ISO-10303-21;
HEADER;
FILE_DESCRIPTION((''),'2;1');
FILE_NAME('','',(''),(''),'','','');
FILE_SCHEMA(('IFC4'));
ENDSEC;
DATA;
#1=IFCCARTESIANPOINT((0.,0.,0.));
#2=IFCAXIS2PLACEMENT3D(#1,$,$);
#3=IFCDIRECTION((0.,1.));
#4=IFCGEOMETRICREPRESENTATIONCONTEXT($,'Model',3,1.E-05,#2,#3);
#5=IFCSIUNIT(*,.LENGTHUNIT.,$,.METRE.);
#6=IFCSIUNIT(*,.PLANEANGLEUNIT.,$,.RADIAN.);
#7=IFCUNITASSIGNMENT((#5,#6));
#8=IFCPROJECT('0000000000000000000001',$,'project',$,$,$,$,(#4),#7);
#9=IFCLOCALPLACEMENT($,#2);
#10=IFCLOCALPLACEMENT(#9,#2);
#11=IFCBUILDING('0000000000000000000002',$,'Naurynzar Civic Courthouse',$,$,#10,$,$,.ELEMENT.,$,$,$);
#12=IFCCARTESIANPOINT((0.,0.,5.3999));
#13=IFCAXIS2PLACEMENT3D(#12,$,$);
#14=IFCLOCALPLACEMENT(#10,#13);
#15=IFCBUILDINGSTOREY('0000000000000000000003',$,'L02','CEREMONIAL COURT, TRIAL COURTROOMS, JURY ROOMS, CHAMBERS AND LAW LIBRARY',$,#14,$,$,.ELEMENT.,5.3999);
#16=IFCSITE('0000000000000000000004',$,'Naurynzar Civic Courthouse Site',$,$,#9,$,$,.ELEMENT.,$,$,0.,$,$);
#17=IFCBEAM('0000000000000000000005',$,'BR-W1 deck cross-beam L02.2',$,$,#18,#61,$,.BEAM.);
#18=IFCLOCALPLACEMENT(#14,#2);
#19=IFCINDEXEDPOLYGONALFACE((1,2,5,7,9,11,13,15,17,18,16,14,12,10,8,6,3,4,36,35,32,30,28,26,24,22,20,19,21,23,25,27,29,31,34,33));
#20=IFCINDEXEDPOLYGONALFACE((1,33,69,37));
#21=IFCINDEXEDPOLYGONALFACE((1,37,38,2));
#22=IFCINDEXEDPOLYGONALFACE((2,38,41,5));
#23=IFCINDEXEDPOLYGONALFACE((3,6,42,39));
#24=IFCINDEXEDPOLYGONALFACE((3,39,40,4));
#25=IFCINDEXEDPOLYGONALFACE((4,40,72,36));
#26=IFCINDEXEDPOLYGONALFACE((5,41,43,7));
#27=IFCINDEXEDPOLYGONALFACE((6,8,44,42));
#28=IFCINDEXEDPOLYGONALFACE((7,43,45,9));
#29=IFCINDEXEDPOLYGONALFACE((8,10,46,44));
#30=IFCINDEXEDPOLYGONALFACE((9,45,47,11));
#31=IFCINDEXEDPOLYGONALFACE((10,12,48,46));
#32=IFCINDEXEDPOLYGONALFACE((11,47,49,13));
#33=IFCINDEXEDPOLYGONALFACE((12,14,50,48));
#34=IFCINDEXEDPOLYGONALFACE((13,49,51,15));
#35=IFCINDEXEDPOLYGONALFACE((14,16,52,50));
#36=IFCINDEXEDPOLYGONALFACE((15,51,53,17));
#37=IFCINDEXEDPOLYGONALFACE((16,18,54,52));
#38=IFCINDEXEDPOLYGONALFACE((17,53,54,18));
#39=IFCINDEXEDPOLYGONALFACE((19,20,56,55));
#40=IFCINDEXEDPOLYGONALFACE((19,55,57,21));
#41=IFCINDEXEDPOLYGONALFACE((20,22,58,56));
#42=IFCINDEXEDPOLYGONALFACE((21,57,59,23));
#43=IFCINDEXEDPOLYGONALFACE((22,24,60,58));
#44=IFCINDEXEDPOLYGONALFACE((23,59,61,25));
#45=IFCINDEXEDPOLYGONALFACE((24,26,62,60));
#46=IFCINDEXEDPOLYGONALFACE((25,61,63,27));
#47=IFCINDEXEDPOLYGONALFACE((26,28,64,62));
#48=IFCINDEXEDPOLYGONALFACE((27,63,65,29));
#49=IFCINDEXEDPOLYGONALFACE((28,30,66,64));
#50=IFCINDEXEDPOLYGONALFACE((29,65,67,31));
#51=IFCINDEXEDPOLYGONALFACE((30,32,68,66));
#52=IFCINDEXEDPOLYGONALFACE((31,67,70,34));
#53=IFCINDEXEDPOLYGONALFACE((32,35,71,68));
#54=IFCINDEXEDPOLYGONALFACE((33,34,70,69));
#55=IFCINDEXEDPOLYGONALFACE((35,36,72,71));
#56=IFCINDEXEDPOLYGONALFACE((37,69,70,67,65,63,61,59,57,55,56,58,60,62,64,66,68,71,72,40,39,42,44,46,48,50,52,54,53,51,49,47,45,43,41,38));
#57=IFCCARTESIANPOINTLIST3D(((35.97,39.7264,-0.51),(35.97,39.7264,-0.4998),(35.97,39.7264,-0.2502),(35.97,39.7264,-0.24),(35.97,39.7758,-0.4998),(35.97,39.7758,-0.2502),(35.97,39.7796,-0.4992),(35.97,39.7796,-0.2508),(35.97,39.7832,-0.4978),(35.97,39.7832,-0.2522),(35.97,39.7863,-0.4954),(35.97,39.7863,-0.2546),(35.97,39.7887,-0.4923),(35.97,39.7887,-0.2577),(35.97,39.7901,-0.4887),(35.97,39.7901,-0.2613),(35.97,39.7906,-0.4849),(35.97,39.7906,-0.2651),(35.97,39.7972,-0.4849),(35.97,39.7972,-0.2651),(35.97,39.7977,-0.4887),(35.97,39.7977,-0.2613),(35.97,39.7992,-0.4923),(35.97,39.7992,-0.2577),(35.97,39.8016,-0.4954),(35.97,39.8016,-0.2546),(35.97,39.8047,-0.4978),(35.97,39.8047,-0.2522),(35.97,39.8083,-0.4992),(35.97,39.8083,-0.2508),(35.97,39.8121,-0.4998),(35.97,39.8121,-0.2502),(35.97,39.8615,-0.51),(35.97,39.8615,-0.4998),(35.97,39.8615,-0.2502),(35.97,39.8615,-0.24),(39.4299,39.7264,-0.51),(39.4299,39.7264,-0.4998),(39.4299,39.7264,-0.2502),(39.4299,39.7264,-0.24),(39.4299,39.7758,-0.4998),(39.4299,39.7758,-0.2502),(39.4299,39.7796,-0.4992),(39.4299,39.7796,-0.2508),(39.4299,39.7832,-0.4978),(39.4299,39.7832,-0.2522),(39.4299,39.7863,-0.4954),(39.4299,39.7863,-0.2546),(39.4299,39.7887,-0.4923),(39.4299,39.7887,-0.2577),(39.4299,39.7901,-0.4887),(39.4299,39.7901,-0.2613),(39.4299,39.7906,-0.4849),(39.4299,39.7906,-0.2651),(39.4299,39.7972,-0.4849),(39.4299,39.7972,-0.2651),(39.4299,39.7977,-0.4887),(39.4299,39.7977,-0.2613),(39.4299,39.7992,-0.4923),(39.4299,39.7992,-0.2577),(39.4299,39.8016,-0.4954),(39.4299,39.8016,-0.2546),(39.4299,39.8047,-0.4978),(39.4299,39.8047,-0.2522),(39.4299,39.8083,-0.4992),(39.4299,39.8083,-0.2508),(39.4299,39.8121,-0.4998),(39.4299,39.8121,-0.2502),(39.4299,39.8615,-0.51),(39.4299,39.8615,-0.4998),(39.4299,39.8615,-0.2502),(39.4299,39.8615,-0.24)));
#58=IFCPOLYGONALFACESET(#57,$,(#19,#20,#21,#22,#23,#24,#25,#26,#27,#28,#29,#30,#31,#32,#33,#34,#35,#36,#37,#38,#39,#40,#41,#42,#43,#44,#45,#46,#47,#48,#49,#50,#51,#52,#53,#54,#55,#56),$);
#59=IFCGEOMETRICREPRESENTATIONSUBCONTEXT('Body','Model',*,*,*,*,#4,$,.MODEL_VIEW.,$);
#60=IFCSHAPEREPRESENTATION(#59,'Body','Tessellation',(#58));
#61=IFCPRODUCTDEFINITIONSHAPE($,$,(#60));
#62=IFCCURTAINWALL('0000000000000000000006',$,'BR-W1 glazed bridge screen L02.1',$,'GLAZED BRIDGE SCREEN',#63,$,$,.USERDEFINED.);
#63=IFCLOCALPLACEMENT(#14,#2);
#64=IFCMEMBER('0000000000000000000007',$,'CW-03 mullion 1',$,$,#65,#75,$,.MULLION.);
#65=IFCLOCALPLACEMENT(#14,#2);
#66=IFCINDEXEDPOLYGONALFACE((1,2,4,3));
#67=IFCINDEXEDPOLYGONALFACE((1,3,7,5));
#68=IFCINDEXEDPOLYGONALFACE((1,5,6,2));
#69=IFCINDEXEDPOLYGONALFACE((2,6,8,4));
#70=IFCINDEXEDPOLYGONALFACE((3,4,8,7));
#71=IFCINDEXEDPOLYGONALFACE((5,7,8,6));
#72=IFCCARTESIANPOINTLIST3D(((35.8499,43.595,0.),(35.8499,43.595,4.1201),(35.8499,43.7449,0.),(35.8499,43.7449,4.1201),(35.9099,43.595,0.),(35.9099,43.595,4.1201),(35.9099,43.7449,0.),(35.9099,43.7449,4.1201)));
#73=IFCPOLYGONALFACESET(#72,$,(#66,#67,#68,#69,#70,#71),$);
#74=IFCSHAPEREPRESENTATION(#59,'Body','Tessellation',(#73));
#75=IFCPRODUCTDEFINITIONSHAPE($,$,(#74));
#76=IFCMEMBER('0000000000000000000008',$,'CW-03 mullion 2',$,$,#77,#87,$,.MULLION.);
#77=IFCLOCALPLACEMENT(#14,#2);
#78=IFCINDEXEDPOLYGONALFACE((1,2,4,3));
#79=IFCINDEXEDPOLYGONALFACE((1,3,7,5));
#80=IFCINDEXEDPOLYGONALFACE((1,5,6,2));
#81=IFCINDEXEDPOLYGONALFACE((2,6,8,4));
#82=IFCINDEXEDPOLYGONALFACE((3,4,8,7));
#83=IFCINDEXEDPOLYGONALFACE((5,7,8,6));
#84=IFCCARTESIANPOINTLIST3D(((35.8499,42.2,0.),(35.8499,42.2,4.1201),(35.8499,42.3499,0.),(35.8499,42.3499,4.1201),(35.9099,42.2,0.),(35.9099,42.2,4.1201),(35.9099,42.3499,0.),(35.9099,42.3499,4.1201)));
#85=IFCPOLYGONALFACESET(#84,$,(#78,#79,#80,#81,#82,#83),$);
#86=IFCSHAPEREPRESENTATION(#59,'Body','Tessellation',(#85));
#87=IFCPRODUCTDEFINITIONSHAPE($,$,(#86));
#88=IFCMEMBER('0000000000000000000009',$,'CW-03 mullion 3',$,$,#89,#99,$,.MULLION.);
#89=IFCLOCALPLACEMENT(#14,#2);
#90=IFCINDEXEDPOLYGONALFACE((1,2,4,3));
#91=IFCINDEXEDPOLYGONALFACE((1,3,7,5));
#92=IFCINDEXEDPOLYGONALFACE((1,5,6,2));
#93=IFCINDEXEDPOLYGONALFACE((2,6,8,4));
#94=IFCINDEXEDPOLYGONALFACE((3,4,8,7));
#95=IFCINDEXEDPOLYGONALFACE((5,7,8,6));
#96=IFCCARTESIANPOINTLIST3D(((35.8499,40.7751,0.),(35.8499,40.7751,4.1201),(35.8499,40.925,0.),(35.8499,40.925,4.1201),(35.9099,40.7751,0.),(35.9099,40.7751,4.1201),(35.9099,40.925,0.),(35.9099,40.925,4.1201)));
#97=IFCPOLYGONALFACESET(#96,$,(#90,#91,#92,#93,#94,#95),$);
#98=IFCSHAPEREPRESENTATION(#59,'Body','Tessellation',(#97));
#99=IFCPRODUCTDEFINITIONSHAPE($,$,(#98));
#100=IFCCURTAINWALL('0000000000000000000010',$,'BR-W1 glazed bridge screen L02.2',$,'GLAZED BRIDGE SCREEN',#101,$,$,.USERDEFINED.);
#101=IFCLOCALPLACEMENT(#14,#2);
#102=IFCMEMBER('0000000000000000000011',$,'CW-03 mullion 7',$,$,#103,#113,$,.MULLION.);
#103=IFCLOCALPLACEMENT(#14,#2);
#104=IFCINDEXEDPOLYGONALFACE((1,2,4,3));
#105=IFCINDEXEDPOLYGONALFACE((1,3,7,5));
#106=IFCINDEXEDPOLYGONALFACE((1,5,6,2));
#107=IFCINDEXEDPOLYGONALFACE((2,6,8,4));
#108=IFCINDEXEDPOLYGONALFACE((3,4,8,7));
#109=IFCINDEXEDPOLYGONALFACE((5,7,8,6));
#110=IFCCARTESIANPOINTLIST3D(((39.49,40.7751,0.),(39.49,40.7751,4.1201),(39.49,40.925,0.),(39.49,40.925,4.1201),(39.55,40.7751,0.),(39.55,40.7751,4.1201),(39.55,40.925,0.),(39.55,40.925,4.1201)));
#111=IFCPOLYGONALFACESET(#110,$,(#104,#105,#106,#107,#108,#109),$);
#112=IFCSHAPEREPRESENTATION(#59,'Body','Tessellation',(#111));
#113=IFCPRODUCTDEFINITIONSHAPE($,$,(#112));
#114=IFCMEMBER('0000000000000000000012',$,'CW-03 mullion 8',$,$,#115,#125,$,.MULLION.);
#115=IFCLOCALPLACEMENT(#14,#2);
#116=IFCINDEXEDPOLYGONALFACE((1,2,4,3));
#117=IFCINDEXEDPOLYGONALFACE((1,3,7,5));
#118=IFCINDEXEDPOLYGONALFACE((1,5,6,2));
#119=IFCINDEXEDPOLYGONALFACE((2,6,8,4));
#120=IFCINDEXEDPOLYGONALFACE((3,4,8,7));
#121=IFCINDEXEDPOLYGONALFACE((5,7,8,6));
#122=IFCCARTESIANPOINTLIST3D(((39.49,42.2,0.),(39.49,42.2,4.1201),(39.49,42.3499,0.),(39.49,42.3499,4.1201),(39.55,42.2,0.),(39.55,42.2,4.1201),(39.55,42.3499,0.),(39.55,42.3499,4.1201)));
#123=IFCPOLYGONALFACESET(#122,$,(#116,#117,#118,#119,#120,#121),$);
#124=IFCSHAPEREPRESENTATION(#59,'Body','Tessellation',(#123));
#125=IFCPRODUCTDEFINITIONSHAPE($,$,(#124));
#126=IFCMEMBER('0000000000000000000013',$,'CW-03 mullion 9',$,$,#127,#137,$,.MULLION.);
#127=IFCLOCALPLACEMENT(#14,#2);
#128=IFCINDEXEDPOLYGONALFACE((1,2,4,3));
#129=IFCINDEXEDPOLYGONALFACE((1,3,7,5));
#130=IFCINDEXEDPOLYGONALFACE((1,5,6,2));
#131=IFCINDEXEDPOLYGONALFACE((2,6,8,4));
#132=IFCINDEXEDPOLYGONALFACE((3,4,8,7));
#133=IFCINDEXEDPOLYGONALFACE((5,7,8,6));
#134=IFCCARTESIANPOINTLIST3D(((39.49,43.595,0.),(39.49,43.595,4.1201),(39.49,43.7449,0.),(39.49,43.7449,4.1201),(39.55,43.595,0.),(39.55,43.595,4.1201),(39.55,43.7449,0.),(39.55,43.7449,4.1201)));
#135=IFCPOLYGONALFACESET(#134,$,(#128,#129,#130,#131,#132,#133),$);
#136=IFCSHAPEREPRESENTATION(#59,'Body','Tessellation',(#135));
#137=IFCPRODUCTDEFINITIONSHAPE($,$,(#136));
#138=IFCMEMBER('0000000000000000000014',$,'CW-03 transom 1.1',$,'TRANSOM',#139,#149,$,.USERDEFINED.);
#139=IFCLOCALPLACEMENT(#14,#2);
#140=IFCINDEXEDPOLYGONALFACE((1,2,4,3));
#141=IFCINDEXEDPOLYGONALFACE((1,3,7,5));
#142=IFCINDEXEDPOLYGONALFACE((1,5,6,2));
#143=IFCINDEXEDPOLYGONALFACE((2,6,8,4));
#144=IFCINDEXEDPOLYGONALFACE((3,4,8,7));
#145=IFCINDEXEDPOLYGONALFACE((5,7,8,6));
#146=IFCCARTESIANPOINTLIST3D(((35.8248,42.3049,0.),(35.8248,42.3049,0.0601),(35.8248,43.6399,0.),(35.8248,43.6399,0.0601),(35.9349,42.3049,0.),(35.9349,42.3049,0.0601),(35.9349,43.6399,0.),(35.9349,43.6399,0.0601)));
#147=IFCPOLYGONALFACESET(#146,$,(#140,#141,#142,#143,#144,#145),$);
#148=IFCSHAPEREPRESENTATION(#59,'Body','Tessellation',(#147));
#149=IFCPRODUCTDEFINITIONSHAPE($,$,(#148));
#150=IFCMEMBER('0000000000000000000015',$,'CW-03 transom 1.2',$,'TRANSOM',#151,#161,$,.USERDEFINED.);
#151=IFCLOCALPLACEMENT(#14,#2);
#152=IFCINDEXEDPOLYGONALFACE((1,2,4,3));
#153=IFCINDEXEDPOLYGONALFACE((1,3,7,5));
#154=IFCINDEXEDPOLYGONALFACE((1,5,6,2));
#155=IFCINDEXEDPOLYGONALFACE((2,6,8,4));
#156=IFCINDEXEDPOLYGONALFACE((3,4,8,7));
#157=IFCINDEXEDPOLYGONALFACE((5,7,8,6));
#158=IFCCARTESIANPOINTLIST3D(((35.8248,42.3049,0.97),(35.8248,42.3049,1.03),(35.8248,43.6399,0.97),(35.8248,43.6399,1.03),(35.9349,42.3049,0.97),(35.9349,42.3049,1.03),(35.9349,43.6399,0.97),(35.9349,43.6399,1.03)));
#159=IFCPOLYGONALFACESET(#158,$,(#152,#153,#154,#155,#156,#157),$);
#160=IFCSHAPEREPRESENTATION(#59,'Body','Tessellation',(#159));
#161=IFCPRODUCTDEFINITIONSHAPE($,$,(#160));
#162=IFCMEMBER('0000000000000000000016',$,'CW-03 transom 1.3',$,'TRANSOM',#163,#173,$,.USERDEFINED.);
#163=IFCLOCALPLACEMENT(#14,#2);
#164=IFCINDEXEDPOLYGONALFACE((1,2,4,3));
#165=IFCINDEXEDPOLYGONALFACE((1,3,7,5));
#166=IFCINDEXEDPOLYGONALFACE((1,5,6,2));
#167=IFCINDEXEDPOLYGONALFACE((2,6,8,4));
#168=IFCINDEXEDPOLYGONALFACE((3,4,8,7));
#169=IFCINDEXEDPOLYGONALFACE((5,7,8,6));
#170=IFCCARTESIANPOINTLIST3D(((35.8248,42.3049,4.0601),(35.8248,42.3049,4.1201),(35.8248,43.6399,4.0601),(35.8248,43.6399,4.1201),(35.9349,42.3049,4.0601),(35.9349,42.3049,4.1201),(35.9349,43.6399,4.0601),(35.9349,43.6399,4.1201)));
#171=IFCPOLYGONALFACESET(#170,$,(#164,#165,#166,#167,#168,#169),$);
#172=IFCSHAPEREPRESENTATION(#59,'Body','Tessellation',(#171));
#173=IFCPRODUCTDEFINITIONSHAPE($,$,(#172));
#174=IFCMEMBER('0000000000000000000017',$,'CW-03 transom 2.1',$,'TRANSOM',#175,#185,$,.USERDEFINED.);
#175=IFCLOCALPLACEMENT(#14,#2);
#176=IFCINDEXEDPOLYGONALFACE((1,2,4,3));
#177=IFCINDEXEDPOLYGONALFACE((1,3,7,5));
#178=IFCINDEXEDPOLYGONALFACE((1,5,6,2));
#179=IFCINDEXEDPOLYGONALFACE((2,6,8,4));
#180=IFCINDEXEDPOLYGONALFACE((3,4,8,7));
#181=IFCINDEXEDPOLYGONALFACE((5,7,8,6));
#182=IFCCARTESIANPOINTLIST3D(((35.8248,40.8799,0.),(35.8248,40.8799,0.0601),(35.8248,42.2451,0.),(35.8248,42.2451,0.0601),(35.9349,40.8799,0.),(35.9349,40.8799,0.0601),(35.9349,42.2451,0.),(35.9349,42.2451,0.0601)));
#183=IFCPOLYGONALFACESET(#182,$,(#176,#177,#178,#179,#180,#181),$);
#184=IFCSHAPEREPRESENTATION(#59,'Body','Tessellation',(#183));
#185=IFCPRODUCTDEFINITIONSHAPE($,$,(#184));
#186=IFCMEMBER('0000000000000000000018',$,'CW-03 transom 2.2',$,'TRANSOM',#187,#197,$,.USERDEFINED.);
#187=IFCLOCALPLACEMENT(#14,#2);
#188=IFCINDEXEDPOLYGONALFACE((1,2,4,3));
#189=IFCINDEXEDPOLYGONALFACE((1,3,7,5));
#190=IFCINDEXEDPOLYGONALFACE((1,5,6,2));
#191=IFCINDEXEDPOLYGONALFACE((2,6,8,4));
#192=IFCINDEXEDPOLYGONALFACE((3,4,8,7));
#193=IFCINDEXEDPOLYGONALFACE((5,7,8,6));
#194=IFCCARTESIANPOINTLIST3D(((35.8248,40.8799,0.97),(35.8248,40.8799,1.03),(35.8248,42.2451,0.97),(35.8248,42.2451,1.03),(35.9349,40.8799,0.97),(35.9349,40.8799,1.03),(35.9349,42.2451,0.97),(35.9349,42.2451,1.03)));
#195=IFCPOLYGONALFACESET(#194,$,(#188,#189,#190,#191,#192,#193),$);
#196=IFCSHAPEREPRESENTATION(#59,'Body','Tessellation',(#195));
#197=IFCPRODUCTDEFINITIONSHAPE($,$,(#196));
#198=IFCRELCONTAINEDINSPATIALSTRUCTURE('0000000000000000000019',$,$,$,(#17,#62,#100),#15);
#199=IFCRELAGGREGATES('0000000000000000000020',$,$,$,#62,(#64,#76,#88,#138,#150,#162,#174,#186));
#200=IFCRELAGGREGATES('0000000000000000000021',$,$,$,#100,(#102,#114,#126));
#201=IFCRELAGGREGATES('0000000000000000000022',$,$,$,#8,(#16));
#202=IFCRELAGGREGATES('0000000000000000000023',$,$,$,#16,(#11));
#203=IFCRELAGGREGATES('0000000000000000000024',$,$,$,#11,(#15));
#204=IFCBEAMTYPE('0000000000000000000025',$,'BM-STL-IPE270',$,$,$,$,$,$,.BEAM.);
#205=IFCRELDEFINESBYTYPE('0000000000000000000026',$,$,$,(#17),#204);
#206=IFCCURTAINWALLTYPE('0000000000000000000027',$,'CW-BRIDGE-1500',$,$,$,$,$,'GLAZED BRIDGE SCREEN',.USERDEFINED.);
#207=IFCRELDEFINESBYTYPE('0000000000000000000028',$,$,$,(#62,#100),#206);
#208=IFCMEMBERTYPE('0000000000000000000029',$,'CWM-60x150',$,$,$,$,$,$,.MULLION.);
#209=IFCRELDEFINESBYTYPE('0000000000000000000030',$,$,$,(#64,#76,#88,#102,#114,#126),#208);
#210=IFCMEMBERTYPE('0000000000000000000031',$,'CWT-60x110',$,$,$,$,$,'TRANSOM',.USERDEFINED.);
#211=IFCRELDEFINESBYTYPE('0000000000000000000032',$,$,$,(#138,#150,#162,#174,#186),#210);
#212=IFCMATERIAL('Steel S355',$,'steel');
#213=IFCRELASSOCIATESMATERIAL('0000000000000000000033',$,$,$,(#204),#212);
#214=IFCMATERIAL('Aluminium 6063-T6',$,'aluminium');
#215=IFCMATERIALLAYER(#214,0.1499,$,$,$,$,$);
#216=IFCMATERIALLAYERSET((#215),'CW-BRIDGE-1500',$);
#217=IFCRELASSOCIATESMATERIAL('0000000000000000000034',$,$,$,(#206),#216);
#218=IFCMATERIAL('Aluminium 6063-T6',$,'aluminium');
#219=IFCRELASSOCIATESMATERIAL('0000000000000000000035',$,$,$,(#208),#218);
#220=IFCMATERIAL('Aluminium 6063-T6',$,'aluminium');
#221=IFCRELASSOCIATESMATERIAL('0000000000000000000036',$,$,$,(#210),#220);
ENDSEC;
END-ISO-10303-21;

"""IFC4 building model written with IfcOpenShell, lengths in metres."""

from ifc_helpers import new_model, si_unit, direction, frame, origin, origin_2d, place, context, subcontext, project, spatial, rectangle, i_section, extrude, material, layer, layer_set, material_profile, profile_set, type_object, element, aggregate, save


model = new_model("IFC4")

# Units and contexts
model_context = context("Model", 3, precision=1e-05, world=origin(), true_north=direction((0.0, 1.0)))
body_context = subcontext(model_context, "Body", "Model", "MODEL_VIEW")
ifc_project = project(units=[si_unit("LENGTHUNIT", "METRE"), si_unit("PLANEANGLEUNIT", "RADIAN")], contexts=[model_context])

# Site, building, storey
site_placement = place(None, origin())
site = spatial("IfcSite", under=ifc_project, at=site_placement, Name="Naurynzar Civic Courthouse Site", CompositionType="ELEMENT", RefElevation=0.0)
building_placement = place(site_placement, origin())
building = spatial("IfcBuilding", under=site, at=building_placement, Name="Naurynzar Civic Courthouse", CompositionType="ELEMENT")
storey_placement = place(building_placement, frame((0.0, 0.0, 5.3999)))
storey = spatial("IfcBuildingStorey", under=building, at=storey_placement, Name="L02", Description="CEREMONIAL COURT, TRIAL COURTROOMS, JURY ROOMS, CHAMBERS AND LAW LIBRARY", CompositionType="ELEMENT", Elevation=5.3999)

# Beam
ifc_material_1 = material(Name="Steel S355", Category="steel")
ifc_material_profile_1 = material_profile(ifc_material_1, i_section(OverallWidth=0.135, OverallDepth=0.27, WebThickness=0.0066, FlangeThickness=0.0103, FilletRadius=0.0149, at=origin_2d()), Name="IPE 270")
ifc_profile_set_1 = profile_set([ifc_material_profile_1], Name="Steel S355")
beam_type = type_object("IfcBeamType", Name="BM-STL-IPE270", PredefinedType="BEAM", material=ifc_profile_set_1)
beam_placement = place(storey_placement, frame((35.97, 39.7939, -0.375), z_axis=(1.0, 0.0, 0.0), x_axis=(0.0, 1.0, 0.0)))
element("IfcBeam", 1, at=beam_placement, inside=storey, type_object=beam_type, Name="BR-W1 deck cross-beam L02.2", PredefinedType="BEAM", context=body_context, shape_type="SweptSolid", body=[
    extrude(i_section(OverallWidth=0.135, OverallDepth=0.27, WebThickness=0.0066, FlangeThickness=0.0103, FilletRadius=0.0149, at=origin_2d()), origin(), (0.0, 0.0, 1.0), 3.46),
])

# Curtain walls, members
ifc_material_2 = material(Name="Aluminium 6063-T6", Category="aluminium")
ifc_layer_1 = layer(ifc_material_2, 0.1499)
ifc_layer_set_1 = layer_set([ifc_layer_1], Name="CW-BRIDGE-1500")
curtain_wall_type = type_object("IfcCurtainWallType", Name="CW-BRIDGE-1500", ElementType="GLAZED BRIDGE SCREEN", PredefinedType="USERDEFINED", material=ifc_layer_set_1)
curtain_wall_1_placement = place(storey_placement, origin())
curtain_wall_1 = element("IfcCurtainWall", 2, at=curtain_wall_1_placement, inside=storey, type_object=curtain_wall_type, Name="BR-W1 glazed bridge screen L02.1", ObjectType="GLAZED BRIDGE SCREEN", PredefinedType="USERDEFINED")
ifc_material_3 = material(Name="Aluminium 6063-T6", Category="aluminium")
ifc_material_profile_2 = material_profile(ifc_material_3, rectangle(XDim=0.0601, YDim=0.1499, at=origin_2d()), Name="ALU MULLION 60x150")
ifc_profile_set_2 = profile_set([ifc_material_profile_2], Name="Aluminium 6063-T6")
member_type_1 = type_object("IfcMemberType", Name="CWM-60x150", PredefinedType="MULLION", material=ifc_profile_set_2)
member_1_placement = place(storey_placement, frame((35.8799, 43.6699, 0.0), z_axis=(0.0, 0.0, 1.0), x_axis=(1.0, 0.0, 0.0)))
member_1 = element("IfcMember", 3, at=member_1_placement, type_object=member_type_1, Name="CW-03 mullion 1", PredefinedType="MULLION", context=body_context, shape_type="SweptSolid", body=[
    extrude(rectangle(XDim=0.0601, YDim=0.1499, at=origin_2d()), origin(), (0.0, 0.0, 1.0), 4.1201),
])
member_2_placement = place(storey_placement, frame((35.8799, 42.2749, 0.0), z_axis=(0.0, 0.0, 1.0), x_axis=(1.0, 0.0, 0.0)))
member_2 = element("IfcMember", 4, at=member_2_placement, type_object=member_type_1, Name="CW-03 mullion 2", PredefinedType="MULLION", context=body_context, shape_type="SweptSolid", body=[
    extrude(rectangle(XDim=0.0601, YDim=0.1499, at=origin_2d()), origin(), (0.0, 0.0, 1.0), 4.1201),
])
member_3_placement = place(storey_placement, frame((35.8799, 40.8501, 0.0), z_axis=(0.0, 0.0, 1.0), x_axis=(1.0, 0.0, 0.0)))
member_3 = element("IfcMember", 5, at=member_3_placement, type_object=member_type_1, Name="CW-03 mullion 3", PredefinedType="MULLION", context=body_context, shape_type="SweptSolid", body=[
    extrude(rectangle(XDim=0.0601, YDim=0.1499, at=origin_2d()), origin(), (0.0, 0.0, 1.0), 4.1201),
])
curtain_wall_2_placement = place(storey_placement, origin())
curtain_wall_2 = element("IfcCurtainWall", 6, at=curtain_wall_2_placement, inside=storey, type_object=curtain_wall_type, Name="BR-W1 glazed bridge screen L02.2", ObjectType="GLAZED BRIDGE SCREEN", PredefinedType="USERDEFINED")
member_4_placement = place(storey_placement, frame((39.52, 40.8501, 0.0), z_axis=(0.0, 0.0, 1.0), x_axis=(-1.0, 0.0, 0.0)))
member_4 = element("IfcMember", 7, at=member_4_placement, type_object=member_type_1, Name="CW-03 mullion 7", PredefinedType="MULLION", context=body_context, shape_type="SweptSolid", body=[
    extrude(rectangle(XDim=0.0601, YDim=0.1499, at=origin_2d()), origin(), (0.0, 0.0, 1.0), 4.1201),
])
member_5_placement = place(storey_placement, frame((39.52, 42.2749, 0.0), z_axis=(0.0, 0.0, 1.0), x_axis=(-1.0, 0.0, 0.0)))
member_5 = element("IfcMember", 8, at=member_5_placement, type_object=member_type_1, Name="CW-03 mullion 8", PredefinedType="MULLION", context=body_context, shape_type="SweptSolid", body=[
    extrude(rectangle(XDim=0.0601, YDim=0.1499, at=origin_2d()), origin(), (0.0, 0.0, 1.0), 4.1201),
])
member_6_placement = place(storey_placement, frame((39.52, 43.6699, 0.0), z_axis=(0.0, 0.0, 1.0), x_axis=(-1.0, 0.0, 0.0)))
member_6 = element("IfcMember", 9, at=member_6_placement, type_object=member_type_1, Name="CW-03 mullion 9", PredefinedType="MULLION", context=body_context, shape_type="SweptSolid", body=[
    extrude(rectangle(XDim=0.0601, YDim=0.1499, at=origin_2d()), origin(), (0.0, 0.0, 1.0), 4.1201),
])

# Members
ifc_material_4 = material(Name="Aluminium 6063-T6", Category="aluminium")
ifc_material_profile_3 = material_profile(ifc_material_4, rectangle(XDim=0.1101, YDim=0.0601, at=origin_2d()), Name="ALU TRANSOM 60x110")
ifc_profile_set_3 = profile_set([ifc_material_profile_3], Name="Aluminium 6063-T6")
member_type_2 = type_object("IfcMemberType", Name="CWT-60x110", ElementType="TRANSOM", PredefinedType="USERDEFINED", material=ifc_profile_set_3)
member_7_placement = place(storey_placement, frame((35.8799, 43.6399, 0.03), z_axis=(0.0, -1.0, 0.0), x_axis=(1.0, 0.0, 0.0)))
member_7 = element("IfcMember", 10, at=member_7_placement, type_object=member_type_2, Name="CW-03 transom 1.1", ObjectType="TRANSOM", PredefinedType="USERDEFINED", context=body_context, shape_type="SweptSolid", body=[
    extrude(rectangle(XDim=0.1101, YDim=0.0601, at=origin_2d()), origin(), (0.0, 0.0, 1.0), 1.335),
])
member_8_placement = place(storey_placement, frame((35.8799, 43.6399, 1.0), z_axis=(0.0, -1.0, 0.0), x_axis=(1.0, 0.0, 0.0)))
member_8 = element("IfcMember", 11, at=member_8_placement, type_object=member_type_2, Name="CW-03 transom 1.2", ObjectType="TRANSOM", PredefinedType="USERDEFINED", context=body_context, shape_type="SweptSolid", body=[
    extrude(rectangle(XDim=0.1101, YDim=0.0601, at=origin_2d()), origin(), (0.0, 0.0, 1.0), 1.335),
])
member_9_placement = place(storey_placement, frame((35.8799, 43.6399, 4.0901), z_axis=(0.0, -1.0, 0.0), x_axis=(1.0, 0.0, 0.0)))
member_9 = element("IfcMember", 12, at=member_9_placement, type_object=member_type_2, Name="CW-03 transom 1.3", ObjectType="TRANSOM", PredefinedType="USERDEFINED", context=body_context, shape_type="SweptSolid", body=[
    extrude(rectangle(XDim=0.1101, YDim=0.0601, at=origin_2d()), origin(), (0.0, 0.0, 1.0), 1.335),
])
member_10_placement = place(storey_placement, frame((35.8799, 42.2451, 0.03), z_axis=(0.0, -1.0, 0.0), x_axis=(1.0, 0.0, 0.0)))
member_10 = element("IfcMember", 13, at=member_10_placement, type_object=member_type_2, Name="CW-03 transom 2.1", ObjectType="TRANSOM", PredefinedType="USERDEFINED", context=body_context, shape_type="SweptSolid", body=[
    extrude(rectangle(XDim=0.1101, YDim=0.0601, at=origin_2d()), origin(), (0.0, 0.0, 1.0), 1.3652),
])
member_11_placement = place(storey_placement, frame((35.8799, 42.2451, 1.0), z_axis=(0.0, -1.0, 0.0), x_axis=(1.0, 0.0, 0.0)))
member_11 = element("IfcMember", 14, at=member_11_placement, type_object=member_type_2, Name="CW-03 transom 2.2", ObjectType="TRANSOM", PredefinedType="USERDEFINED", context=body_context, shape_type="SweptSolid", body=[
    extrude(rectangle(XDim=0.1101, YDim=0.0601, at=origin_2d()), origin(), (0.0, 0.0, 1.0), 1.3652),
])

aggregate(curtain_wall_1, [member_1, member_2, member_3, member_7, member_8, member_9, member_10, member_11])
aggregate(curtain_wall_2, [member_4, member_5, member_6])

save(model, "model.ifc")
